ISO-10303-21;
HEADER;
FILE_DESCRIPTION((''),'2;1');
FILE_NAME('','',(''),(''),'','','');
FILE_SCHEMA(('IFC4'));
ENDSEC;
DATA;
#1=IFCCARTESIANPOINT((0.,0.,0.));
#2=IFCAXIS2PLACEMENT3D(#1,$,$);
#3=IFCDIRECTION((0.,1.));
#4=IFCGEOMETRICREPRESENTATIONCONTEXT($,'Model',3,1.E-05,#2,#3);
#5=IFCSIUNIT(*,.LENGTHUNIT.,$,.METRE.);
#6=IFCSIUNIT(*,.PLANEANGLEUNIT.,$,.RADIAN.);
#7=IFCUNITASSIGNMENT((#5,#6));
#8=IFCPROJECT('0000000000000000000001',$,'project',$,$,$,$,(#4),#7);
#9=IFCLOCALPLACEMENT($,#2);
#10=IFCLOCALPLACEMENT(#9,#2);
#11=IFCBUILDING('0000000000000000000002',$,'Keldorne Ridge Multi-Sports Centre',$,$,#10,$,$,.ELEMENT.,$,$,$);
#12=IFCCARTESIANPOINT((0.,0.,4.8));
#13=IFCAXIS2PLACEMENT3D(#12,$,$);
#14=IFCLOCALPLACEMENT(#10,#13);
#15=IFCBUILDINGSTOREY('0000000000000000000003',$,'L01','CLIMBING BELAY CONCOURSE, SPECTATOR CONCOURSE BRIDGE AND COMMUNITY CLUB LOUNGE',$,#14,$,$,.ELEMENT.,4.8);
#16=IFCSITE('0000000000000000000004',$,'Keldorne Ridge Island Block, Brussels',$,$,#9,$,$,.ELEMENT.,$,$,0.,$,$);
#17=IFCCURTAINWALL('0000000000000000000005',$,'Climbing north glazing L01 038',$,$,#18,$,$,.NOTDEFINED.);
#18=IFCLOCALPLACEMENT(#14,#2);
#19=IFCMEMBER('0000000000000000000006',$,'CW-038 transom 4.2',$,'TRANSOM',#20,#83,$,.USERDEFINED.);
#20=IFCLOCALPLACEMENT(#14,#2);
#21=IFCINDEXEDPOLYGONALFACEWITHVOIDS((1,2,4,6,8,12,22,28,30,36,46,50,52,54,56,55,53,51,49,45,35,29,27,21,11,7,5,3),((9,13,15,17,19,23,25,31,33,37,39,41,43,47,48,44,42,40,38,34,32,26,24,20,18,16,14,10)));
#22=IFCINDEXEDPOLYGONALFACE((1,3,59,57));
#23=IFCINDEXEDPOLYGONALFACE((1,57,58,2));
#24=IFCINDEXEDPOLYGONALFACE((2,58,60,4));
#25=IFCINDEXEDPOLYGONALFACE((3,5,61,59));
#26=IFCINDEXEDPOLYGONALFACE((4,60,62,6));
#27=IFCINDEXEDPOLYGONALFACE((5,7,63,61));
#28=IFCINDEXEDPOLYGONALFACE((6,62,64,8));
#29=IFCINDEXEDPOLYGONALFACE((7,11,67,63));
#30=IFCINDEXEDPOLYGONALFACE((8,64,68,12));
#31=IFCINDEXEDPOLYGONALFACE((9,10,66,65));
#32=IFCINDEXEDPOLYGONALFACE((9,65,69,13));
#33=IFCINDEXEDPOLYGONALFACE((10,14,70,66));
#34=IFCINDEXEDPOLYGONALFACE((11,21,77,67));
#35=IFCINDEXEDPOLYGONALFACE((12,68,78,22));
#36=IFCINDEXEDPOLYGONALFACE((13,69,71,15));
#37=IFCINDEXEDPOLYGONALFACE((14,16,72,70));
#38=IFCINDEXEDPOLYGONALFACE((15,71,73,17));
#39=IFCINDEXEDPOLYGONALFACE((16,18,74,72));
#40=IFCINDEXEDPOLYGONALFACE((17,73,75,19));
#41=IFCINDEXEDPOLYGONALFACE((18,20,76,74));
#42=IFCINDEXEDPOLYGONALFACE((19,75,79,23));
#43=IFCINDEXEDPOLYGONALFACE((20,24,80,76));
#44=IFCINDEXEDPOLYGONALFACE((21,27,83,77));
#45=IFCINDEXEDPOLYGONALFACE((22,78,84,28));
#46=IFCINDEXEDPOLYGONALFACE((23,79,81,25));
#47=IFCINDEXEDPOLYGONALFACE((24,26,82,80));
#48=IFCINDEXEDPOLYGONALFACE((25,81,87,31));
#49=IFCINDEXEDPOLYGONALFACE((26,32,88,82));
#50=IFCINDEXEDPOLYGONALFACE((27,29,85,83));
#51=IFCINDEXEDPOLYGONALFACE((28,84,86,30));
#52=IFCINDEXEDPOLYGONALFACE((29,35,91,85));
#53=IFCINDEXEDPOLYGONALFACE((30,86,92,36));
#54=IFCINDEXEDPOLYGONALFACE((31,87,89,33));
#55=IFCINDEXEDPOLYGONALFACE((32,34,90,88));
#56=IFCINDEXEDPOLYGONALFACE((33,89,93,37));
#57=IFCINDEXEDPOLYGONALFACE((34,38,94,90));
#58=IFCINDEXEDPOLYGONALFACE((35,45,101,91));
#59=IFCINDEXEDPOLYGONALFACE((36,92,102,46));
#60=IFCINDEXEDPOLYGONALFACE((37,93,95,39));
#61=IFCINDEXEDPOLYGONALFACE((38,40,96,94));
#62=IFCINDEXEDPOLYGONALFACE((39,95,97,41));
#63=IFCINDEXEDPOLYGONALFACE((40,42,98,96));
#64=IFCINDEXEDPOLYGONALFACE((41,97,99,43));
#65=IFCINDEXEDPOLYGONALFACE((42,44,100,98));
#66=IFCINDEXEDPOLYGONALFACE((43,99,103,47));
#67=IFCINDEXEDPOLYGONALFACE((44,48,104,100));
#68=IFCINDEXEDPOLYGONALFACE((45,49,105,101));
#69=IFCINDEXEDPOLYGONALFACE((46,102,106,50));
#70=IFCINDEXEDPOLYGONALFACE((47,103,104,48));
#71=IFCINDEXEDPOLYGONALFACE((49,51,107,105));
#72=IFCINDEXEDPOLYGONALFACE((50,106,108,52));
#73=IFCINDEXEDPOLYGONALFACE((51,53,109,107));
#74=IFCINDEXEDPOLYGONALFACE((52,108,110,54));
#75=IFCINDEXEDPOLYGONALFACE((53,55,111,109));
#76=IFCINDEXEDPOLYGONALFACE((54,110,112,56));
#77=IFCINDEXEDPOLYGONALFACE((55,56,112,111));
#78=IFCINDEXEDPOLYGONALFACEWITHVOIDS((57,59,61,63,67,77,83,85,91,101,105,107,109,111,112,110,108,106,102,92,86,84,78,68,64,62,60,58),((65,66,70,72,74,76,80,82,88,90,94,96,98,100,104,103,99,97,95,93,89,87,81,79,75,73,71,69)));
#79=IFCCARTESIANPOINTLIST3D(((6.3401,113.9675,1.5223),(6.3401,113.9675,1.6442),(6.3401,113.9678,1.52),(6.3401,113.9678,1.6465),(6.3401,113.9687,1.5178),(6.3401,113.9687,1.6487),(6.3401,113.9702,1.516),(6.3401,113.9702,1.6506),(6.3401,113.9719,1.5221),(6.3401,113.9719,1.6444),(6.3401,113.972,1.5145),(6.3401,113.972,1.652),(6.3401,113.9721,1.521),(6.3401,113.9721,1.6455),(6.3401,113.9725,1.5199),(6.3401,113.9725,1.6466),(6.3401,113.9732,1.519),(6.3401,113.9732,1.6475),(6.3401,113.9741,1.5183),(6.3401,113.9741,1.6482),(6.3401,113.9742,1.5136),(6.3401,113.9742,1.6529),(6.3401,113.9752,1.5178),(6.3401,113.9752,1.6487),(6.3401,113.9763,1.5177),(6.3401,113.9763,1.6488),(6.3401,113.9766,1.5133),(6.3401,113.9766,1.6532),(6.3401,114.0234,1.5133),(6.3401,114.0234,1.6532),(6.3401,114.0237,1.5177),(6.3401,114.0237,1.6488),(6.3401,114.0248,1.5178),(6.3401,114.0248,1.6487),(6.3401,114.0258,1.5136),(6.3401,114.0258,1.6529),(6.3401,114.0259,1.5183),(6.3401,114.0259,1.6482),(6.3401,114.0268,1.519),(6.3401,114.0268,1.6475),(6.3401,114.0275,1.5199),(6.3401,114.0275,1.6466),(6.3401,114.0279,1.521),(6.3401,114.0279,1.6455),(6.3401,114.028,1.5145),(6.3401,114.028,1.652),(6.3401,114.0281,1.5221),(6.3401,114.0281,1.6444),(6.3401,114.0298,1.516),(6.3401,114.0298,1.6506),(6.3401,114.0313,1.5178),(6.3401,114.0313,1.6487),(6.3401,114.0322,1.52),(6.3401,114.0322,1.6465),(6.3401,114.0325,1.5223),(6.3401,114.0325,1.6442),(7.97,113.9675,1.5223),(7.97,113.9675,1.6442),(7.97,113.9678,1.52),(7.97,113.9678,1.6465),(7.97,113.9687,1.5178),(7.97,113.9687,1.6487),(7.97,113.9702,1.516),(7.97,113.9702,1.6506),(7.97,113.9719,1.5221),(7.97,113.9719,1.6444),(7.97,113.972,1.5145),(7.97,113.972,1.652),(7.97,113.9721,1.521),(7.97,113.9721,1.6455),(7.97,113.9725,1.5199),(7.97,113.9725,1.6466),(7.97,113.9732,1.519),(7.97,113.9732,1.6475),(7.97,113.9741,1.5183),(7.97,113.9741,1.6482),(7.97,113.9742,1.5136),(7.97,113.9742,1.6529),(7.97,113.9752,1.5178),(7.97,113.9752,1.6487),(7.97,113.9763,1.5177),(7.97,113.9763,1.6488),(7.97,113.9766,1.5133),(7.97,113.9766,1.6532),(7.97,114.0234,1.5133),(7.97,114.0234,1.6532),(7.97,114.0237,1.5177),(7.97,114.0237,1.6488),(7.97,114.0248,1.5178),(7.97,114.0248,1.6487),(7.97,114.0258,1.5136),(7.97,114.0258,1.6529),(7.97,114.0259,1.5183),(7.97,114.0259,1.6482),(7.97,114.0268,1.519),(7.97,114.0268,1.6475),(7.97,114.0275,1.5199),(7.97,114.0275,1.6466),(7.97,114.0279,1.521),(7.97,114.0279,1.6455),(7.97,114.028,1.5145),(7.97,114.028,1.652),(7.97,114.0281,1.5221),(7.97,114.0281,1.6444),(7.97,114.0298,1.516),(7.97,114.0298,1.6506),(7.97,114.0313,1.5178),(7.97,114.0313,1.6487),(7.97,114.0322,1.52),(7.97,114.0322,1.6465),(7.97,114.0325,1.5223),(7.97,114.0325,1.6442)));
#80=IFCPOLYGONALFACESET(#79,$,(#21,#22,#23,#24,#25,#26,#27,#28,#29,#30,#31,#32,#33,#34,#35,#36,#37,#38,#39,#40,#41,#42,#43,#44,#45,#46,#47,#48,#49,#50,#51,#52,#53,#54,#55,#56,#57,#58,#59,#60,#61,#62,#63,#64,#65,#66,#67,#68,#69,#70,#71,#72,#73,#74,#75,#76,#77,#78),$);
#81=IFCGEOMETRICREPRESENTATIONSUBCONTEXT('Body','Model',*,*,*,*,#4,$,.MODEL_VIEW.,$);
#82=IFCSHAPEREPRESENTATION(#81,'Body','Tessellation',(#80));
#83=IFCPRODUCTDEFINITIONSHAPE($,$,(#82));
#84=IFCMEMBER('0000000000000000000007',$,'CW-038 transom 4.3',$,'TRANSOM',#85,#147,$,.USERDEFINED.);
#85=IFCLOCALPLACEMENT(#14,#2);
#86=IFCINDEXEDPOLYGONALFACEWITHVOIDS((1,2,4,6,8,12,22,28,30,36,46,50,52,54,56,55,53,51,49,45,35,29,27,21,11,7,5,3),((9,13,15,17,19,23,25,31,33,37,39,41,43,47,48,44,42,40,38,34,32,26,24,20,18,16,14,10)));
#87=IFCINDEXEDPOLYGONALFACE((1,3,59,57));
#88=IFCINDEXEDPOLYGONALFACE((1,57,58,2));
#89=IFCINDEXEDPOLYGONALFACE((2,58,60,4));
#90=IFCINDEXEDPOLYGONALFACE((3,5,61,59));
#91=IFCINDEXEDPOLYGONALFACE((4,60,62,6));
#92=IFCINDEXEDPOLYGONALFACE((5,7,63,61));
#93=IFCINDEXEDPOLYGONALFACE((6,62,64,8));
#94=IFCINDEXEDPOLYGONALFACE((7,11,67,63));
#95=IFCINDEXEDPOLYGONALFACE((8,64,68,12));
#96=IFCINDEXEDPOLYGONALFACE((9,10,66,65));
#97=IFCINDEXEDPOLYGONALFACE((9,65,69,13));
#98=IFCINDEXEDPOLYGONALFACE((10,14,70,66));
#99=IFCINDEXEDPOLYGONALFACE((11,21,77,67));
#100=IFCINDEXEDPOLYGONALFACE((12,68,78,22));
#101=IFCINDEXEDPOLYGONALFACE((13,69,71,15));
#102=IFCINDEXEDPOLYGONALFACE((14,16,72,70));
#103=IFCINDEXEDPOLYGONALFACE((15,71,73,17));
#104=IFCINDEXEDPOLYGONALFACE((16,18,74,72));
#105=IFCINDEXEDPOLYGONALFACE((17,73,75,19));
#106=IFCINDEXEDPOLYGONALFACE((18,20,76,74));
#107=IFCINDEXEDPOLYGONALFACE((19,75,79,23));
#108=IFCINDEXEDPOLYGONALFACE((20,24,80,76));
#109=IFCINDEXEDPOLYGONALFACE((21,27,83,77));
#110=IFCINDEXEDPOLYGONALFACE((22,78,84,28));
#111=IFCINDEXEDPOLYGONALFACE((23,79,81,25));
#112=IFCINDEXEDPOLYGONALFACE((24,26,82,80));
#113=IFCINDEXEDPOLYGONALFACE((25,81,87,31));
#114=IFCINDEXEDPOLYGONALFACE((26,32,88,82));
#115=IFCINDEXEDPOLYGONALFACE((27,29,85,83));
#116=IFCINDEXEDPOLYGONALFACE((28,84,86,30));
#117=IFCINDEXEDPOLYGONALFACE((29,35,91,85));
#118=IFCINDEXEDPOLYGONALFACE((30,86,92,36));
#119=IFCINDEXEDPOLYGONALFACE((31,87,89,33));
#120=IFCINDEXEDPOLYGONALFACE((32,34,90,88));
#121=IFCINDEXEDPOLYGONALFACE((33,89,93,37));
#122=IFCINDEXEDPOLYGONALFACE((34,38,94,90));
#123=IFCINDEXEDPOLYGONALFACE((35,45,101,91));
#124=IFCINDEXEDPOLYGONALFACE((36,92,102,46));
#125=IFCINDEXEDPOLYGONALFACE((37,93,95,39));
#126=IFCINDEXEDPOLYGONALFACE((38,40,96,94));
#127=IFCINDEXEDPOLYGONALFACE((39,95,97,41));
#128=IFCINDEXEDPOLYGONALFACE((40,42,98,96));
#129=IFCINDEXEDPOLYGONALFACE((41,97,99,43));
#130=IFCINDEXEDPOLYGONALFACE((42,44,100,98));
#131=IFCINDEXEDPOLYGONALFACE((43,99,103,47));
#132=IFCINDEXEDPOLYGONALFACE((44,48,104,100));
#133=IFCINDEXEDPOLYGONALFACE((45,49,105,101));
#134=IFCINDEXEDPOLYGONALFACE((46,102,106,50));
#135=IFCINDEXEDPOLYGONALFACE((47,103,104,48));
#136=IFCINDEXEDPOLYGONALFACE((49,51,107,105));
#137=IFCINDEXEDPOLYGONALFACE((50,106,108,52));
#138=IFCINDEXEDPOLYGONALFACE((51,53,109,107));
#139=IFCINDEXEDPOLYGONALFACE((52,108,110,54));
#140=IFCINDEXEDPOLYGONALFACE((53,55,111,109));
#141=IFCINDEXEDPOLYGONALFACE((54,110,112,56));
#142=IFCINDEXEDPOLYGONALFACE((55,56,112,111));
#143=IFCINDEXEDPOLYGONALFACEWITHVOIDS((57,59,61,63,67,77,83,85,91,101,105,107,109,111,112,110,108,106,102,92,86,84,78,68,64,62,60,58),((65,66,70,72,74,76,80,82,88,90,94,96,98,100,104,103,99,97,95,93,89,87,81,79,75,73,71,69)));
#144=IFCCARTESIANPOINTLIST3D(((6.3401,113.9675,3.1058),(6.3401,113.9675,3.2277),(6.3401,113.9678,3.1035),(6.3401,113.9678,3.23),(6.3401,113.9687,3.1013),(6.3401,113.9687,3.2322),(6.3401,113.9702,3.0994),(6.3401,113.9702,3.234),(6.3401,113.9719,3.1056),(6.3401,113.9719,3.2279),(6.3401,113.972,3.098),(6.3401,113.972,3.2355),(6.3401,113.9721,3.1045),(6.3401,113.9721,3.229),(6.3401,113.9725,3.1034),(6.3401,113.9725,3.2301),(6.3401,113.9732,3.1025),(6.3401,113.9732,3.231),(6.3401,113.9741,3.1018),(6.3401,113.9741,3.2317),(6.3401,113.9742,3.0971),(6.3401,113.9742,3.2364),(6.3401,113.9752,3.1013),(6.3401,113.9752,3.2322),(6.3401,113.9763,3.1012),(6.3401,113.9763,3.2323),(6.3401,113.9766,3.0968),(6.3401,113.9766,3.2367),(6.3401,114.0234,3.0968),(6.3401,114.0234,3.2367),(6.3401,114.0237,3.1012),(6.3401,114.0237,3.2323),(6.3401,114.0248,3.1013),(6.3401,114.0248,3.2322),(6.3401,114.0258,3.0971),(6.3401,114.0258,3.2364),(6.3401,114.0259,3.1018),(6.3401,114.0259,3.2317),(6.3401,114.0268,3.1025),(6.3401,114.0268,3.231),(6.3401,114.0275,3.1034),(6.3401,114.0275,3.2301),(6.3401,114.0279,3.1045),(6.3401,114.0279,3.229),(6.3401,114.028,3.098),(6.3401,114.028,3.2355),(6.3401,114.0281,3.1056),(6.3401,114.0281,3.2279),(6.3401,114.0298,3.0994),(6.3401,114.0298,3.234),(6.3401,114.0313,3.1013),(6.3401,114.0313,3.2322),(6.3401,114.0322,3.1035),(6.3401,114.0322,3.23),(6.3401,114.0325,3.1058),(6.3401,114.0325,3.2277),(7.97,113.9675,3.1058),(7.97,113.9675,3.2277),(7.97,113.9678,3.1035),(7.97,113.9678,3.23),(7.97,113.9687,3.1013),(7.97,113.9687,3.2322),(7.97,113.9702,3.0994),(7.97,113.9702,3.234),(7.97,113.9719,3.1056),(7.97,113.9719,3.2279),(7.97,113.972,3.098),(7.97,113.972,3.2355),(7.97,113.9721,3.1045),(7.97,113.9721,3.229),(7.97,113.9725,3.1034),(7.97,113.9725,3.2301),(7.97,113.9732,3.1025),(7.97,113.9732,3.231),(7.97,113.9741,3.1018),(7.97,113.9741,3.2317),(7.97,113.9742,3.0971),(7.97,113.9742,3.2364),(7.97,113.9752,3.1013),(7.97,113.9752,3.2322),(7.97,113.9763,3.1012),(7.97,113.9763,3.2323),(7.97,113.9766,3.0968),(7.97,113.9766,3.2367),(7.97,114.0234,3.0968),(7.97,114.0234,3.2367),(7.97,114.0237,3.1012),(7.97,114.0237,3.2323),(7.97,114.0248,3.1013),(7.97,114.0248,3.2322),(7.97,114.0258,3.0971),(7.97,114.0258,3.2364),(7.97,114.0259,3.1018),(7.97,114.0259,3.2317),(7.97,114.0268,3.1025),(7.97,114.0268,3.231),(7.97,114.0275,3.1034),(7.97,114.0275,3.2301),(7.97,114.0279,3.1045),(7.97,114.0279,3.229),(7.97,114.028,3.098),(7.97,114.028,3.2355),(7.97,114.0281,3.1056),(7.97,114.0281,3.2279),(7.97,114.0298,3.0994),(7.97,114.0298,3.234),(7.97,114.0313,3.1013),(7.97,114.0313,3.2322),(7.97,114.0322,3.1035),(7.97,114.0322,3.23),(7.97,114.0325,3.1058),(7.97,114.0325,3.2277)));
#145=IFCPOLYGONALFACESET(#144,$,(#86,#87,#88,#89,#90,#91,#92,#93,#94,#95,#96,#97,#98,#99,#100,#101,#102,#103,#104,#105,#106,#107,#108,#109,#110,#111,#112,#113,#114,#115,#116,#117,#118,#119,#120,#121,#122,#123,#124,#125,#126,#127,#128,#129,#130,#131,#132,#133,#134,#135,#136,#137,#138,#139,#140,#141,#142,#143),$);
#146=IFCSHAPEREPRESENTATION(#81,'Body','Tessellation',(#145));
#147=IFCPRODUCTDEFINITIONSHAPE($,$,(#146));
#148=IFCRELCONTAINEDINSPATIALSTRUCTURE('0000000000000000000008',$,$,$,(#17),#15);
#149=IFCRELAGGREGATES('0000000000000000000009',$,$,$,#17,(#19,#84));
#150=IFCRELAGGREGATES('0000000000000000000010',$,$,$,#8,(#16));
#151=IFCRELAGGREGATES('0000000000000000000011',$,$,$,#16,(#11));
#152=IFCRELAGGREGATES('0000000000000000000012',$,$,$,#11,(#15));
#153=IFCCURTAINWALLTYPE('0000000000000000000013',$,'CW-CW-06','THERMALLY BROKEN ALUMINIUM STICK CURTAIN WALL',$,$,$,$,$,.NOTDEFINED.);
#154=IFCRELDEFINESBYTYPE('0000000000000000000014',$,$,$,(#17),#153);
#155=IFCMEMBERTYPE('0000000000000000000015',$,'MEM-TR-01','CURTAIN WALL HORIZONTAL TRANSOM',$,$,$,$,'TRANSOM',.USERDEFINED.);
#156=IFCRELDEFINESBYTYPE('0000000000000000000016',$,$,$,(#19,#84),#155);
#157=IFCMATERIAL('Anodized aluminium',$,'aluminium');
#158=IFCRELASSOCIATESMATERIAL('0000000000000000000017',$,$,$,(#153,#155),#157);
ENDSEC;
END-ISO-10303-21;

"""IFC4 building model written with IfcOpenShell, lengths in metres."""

from ifc_helpers import new_model, si_unit, direction, frame, origin, origin_2d, place, context, subcontext, project, spatial, hollow_rectangle, extrude, material, material_profile, profile_set, type_object, element, aggregate, save


model = new_model("IFC4")

# Units and contexts
model_context = context("Model", 3, precision=1e-05, world=origin(), true_north=direction((0.0, 1.0)))
body_context = subcontext(model_context, "Body", "Model", "MODEL_VIEW")
ifc_project = project(units=[si_unit("LENGTHUNIT", "METRE"), si_unit("PLANEANGLEUNIT", "RADIAN")], contexts=[model_context])

# Site, building, storey
site_placement = place(None, origin())
site = spatial("IfcSite", under=ifc_project, at=site_placement, Name="Keldorne Ridge Island Block, Brussels", CompositionType="ELEMENT", RefElevation=0.0)
building_placement = place(site_placement, origin())
building = spatial("IfcBuilding", under=site, at=building_placement, Name="Keldorne Ridge Multi-Sports Centre", CompositionType="ELEMENT")
storey_placement = place(building_placement, frame((0.0, 0.0, 4.8)))
storey = spatial("IfcBuildingStorey", under=building, at=storey_placement, Name="L01", Description="CLIMBING BELAY CONCOURSE, SPECTATOR CONCOURSE BRIDGE AND COMMUNITY CLUB LOUNGE", CompositionType="ELEMENT", Elevation=4.8)

# Curtain wall, members
ifc_material_1 = material(Name="Anodized aluminium", Category="aluminium")
curtain_wall_type = type_object("IfcCurtainWallType", Name="CW-CW-06", Description="THERMALLY BROKEN ALUMINIUM STICK CURTAIN WALL", PredefinedType="NOTDEFINED", material=ifc_material_1)
curtain_wall_placement = place(storey_placement, origin())
curtain_wall = element("IfcCurtainWall", 1, at=curtain_wall_placement, inside=storey, type_object=curtain_wall_type, Name="Climbing north glazing L01 038", PredefinedType="NOTDEFINED")
ifc_material_profile_1 = material_profile(ifc_material_1, hollow_rectangle(XDim=0.0649, YDim=0.1399, WallThickness=0.0044, InnerFilletRadius=0.0044, OuterFilletRadius=0.009, at=origin_2d()), Name="ALU TRANSOM 140x65x4.5")
ifc_profile_set_1 = profile_set([ifc_material_profile_1], Name="Anodized aluminium")
member_type_1 = type_object("IfcMemberType", Name="MEM-TR-01", Description="CURTAIN WALL HORIZONTAL TRANSOM", ElementType="TRANSOM", PredefinedType="USERDEFINED", material=ifc_profile_set_1)
member_1_placement = place(storey_placement, frame((7.97, 114.0, 1.5833), z_axis=(-1.0, 0.0, 0.0), x_axis=(0.0, -1.0, 0.0)))
member_1 = element("IfcMember", 2, at=member_1_placement, type_object=member_type_1, Name="CW-038 transom 4.2", ObjectType="TRANSOM", PredefinedType="USERDEFINED", context=body_context, shape_type="SweptSolid", body=[
    extrude(hollow_rectangle(XDim=0.0649, YDim=0.1399, WallThickness=0.0044, InnerFilletRadius=0.0044, OuterFilletRadius=0.009, at=origin_2d()), origin(), (0.0, 0.0, 1.0), 1.6299),
])
member_2_placement = place(storey_placement, frame((7.97, 114.0, 3.1667), z_axis=(-1.0, 0.0, 0.0), x_axis=(0.0, -1.0, 0.0)))
member_2 = element("IfcMember", 3, at=member_2_placement, type_object=member_type_1, Name="CW-038 transom 4.3", ObjectType="TRANSOM", PredefinedType="USERDEFINED", context=body_context, shape_type="SweptSolid", body=[
    extrude(hollow_rectangle(XDim=0.0649, YDim=0.1399, WallThickness=0.0044, InnerFilletRadius=0.0044, OuterFilletRadius=0.009, at=origin_2d()), origin(), (0.0, 0.0, 1.0), 1.6299),
])

aggregate(curtain_wall, [member_1, member_2])

save(model, "model.ifc")
